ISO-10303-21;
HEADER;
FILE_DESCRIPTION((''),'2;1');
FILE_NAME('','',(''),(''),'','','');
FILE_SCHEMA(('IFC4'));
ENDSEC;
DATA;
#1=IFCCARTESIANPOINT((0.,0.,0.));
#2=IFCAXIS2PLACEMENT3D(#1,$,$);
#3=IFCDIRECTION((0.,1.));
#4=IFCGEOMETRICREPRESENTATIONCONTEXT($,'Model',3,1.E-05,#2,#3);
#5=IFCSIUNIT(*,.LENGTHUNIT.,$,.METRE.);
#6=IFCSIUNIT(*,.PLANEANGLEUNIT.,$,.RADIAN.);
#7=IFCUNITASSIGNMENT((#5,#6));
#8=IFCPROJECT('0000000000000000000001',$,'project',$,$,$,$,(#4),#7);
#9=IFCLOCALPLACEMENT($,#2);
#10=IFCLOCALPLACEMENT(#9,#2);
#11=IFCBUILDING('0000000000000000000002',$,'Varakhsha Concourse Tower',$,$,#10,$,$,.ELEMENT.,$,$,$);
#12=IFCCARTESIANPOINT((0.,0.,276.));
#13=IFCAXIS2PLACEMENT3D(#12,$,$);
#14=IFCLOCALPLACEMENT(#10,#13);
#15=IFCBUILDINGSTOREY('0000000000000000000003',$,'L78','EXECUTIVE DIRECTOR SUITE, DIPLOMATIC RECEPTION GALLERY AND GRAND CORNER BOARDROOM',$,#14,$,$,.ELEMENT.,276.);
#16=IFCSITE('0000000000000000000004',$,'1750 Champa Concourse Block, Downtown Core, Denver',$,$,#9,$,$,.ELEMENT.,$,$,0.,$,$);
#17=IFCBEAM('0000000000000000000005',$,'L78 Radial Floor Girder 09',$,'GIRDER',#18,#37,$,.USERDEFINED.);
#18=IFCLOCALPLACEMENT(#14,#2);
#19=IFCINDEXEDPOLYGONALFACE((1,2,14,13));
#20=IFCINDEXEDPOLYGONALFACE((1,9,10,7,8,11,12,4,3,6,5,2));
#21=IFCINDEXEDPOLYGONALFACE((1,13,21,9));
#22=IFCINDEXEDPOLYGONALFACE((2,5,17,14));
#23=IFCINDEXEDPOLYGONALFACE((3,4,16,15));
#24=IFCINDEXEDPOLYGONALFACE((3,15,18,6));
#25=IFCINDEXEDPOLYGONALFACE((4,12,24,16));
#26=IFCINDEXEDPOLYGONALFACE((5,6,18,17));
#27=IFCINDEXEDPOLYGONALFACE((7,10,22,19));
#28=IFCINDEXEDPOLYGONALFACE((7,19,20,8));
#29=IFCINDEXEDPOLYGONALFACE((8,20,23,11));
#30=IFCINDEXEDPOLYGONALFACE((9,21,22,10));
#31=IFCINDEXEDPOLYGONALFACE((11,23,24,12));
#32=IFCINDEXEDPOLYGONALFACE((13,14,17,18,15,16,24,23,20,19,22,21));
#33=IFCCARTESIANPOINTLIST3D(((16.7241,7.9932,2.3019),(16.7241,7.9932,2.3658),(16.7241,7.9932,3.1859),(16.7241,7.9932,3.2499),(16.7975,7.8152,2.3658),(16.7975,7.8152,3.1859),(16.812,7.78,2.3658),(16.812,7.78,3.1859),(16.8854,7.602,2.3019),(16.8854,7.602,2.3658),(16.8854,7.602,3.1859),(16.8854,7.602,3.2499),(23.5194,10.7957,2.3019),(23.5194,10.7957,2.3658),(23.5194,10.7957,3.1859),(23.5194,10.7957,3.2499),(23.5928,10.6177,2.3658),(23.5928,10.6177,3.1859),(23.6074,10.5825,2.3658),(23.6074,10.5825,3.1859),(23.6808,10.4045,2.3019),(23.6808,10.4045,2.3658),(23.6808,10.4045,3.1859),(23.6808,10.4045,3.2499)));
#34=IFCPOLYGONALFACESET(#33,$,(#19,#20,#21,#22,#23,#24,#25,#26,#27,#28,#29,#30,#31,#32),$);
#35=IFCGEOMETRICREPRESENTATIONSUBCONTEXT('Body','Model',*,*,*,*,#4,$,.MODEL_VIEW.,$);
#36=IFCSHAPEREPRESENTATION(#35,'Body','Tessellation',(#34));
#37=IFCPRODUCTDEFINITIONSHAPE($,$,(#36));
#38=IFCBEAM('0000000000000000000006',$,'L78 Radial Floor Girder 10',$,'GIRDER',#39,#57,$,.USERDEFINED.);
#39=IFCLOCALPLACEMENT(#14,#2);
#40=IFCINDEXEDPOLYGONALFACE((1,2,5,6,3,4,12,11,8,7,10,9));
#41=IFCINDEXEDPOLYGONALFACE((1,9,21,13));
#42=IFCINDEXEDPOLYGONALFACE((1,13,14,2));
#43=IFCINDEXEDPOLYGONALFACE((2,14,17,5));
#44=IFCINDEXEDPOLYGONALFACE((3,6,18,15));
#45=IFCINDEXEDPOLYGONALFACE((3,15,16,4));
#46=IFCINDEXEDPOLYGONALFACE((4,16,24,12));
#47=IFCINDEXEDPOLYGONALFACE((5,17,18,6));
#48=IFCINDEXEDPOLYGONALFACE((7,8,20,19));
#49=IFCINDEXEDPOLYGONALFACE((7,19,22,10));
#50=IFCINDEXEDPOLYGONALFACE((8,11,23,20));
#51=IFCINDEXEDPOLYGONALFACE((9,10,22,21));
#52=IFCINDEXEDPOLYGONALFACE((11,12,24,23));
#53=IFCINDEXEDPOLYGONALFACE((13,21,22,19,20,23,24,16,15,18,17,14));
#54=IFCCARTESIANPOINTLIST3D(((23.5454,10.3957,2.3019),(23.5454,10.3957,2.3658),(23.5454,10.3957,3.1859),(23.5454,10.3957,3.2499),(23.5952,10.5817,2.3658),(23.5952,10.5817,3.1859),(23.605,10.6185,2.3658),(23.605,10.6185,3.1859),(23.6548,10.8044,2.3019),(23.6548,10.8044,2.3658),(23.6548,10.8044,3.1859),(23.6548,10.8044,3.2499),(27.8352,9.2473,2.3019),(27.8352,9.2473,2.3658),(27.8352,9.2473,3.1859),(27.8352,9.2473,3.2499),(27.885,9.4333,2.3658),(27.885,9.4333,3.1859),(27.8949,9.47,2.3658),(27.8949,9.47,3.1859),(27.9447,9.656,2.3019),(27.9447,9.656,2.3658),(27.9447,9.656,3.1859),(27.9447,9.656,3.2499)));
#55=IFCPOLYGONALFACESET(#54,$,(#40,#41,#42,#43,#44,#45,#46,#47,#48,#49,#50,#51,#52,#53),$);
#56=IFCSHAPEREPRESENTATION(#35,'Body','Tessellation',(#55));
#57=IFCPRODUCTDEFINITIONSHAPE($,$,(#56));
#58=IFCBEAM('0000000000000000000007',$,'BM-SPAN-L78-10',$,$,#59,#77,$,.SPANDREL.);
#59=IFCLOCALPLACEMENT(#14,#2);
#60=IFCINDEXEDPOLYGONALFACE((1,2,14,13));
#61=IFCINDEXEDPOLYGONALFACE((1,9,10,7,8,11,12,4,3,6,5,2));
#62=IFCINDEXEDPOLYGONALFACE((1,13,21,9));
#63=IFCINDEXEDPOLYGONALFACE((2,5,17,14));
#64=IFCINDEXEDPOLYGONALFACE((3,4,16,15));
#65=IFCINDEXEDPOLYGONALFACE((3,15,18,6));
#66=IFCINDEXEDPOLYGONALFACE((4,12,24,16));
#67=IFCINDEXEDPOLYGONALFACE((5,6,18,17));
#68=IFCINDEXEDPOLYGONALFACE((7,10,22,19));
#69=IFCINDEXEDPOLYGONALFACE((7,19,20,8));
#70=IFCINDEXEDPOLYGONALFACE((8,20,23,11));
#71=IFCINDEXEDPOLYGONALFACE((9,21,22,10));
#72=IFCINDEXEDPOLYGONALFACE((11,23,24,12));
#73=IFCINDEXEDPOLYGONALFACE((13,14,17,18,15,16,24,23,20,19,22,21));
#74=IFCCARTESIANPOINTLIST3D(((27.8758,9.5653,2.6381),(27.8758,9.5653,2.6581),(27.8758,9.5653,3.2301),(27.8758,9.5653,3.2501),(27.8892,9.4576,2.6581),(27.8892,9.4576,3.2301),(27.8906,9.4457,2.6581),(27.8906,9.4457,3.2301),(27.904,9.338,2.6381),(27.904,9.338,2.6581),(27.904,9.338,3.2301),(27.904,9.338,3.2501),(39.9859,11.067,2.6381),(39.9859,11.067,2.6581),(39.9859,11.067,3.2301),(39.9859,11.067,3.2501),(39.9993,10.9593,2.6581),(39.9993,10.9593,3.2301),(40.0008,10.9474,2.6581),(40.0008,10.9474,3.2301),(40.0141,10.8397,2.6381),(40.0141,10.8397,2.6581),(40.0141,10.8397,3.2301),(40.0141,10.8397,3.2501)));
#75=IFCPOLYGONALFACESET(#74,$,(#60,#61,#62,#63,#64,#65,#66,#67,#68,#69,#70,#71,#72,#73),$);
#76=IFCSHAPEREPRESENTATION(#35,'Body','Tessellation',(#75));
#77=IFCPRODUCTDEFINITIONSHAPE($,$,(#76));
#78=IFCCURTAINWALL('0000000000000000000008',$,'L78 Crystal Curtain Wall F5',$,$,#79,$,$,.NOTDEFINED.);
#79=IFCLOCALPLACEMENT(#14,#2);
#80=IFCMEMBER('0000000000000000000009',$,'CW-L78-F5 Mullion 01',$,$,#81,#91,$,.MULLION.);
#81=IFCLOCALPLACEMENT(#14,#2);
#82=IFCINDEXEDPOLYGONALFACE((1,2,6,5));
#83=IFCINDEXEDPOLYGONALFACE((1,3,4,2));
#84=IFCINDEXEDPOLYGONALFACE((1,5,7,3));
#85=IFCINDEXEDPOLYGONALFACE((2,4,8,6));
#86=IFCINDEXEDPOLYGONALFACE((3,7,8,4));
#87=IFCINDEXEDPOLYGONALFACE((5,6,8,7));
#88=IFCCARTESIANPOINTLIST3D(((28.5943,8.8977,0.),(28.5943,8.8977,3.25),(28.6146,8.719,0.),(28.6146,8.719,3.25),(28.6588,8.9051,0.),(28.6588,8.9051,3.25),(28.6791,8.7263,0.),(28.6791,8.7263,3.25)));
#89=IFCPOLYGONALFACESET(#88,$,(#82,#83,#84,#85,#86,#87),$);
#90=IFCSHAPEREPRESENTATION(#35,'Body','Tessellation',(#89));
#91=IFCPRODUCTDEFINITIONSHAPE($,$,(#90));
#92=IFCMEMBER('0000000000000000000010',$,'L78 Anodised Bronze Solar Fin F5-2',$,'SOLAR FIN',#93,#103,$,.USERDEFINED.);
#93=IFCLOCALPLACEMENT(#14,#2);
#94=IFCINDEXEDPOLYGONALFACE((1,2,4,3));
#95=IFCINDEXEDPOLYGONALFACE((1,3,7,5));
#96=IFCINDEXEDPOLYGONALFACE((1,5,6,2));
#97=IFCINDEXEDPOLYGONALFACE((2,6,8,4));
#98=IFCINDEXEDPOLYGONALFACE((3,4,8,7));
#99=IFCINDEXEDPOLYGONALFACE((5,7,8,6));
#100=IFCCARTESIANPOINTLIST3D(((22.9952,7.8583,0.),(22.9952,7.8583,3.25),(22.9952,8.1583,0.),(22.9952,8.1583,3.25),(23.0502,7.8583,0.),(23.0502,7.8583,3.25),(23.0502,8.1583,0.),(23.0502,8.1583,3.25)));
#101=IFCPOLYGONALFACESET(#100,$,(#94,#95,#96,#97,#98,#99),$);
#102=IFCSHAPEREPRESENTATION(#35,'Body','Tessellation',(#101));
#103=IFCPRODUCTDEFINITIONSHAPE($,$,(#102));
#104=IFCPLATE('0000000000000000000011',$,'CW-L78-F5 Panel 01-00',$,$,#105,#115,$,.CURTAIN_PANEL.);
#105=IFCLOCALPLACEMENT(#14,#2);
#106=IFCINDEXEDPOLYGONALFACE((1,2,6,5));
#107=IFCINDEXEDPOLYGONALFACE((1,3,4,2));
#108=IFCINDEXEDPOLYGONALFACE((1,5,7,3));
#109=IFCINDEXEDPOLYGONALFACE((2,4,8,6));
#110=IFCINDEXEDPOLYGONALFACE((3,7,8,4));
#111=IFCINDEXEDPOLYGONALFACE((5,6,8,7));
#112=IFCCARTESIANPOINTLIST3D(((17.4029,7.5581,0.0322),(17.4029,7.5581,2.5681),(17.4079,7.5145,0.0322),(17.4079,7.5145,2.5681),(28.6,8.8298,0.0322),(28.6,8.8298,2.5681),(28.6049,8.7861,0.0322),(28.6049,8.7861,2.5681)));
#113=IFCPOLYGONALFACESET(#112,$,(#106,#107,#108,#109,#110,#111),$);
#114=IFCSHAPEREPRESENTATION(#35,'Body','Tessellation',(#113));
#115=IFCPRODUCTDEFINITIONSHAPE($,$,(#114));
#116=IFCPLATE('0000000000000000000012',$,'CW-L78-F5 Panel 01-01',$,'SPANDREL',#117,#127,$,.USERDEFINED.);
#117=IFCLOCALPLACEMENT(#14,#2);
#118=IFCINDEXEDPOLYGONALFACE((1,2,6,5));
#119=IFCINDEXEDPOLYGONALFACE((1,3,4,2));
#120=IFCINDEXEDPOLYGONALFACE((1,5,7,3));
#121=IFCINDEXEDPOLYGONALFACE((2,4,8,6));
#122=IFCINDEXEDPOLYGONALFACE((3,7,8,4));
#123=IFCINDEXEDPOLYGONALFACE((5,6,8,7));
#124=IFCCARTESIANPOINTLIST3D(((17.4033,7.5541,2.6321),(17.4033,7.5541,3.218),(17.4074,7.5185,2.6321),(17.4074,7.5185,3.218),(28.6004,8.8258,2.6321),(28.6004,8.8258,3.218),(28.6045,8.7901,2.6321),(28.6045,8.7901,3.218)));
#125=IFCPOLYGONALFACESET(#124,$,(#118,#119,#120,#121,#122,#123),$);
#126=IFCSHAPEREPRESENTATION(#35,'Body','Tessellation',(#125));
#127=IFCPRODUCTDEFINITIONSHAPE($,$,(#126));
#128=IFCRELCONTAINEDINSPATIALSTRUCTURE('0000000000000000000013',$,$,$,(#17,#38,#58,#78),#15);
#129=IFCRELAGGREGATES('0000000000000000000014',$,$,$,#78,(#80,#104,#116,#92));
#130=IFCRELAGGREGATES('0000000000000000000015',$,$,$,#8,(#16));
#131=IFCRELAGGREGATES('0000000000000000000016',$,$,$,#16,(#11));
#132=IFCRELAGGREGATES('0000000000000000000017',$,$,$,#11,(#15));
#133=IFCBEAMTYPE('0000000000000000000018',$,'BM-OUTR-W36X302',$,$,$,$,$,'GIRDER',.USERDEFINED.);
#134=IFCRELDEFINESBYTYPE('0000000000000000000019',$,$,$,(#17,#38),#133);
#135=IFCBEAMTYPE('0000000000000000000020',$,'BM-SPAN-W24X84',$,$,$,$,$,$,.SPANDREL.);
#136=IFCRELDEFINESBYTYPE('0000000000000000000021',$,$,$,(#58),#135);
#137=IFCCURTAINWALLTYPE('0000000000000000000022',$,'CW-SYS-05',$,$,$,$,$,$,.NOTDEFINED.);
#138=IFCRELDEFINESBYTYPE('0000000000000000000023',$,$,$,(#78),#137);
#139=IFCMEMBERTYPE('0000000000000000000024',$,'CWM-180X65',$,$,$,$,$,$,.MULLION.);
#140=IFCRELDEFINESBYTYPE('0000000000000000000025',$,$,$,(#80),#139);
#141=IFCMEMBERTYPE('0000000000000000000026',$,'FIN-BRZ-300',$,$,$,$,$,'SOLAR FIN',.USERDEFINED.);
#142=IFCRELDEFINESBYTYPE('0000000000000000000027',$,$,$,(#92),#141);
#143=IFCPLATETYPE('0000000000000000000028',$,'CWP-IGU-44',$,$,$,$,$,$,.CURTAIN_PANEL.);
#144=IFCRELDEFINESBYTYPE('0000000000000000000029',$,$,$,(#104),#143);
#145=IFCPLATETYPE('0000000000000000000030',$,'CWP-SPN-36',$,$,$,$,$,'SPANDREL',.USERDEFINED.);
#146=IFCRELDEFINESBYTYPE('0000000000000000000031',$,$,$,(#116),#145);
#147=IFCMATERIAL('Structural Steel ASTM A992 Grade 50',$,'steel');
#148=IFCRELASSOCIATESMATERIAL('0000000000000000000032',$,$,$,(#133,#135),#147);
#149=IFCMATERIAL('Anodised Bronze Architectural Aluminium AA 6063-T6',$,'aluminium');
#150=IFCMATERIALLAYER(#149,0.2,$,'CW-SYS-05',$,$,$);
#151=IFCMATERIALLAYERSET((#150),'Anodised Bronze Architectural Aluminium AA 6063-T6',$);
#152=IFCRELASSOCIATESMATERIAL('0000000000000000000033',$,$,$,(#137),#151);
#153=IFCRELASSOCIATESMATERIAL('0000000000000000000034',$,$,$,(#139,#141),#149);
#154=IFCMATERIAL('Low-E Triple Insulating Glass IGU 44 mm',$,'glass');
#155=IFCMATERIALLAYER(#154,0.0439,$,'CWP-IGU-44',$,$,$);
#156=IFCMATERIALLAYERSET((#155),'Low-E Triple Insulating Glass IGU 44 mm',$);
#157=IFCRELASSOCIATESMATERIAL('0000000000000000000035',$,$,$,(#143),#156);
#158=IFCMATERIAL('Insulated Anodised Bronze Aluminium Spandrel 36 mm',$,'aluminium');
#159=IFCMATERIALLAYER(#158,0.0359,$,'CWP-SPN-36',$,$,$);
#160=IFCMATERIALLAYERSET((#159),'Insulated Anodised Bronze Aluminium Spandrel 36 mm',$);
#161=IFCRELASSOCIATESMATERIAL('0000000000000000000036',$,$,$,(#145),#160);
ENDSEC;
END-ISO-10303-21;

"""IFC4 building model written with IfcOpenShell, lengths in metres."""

from ifc_helpers import new_model, si_unit, direction, frame, origin, origin_2d, place, context, subcontext, project, spatial, rectangle, i_section, extrude, source, transform, mapped, material, layer, layer_set, material_profile, profile_set, type_object, type_shapes, element, aggregate, save


model = new_model("IFC4")

# Units and contexts
model_context = context("Model", 3, precision=1e-05, world=origin(), true_north=direction((0.0, 1.0)))
body_context = subcontext(model_context, "Body", "Model", "MODEL_VIEW")
ifc_project = project(units=[si_unit("LENGTHUNIT", "METRE"), si_unit("PLANEANGLEUNIT", "RADIAN")], contexts=[model_context])

# Site, building, storey
site_placement = place(None, origin())
site = spatial("IfcSite", under=ifc_project, at=site_placement, Name="1750 Champa Concourse Block, Downtown Core, Denver", CompositionType="ELEMENT", RefElevation=0.0)
building_placement = place(site_placement, origin())
building = spatial("IfcBuilding", under=site, at=building_placement, Name="Varakhsha Concourse Tower", CompositionType="ELEMENT")
storey_placement = place(building_placement, frame((0.0, 0.0, 276.0)))
storey = spatial("IfcBuildingStorey", under=building, at=storey_placement, Name="L78", Description="EXECUTIVE DIRECTOR SUITE, DIPLOMATIC RECEPTION GALLERY AND GRAND CORNER BOARDROOM", CompositionType="ELEMENT", Elevation=276.0)

# Shared definitions
ifc_material_1 = material(Name="Structural Steel ASTM A992 Grade 50", Category="steel")

# Beams
ifc_material_profile_1 = material_profile(ifc_material_1, i_section(OverallWidth=0.4231, OverallDepth=0.948, WebThickness=0.0381, FlangeThickness=0.064, at=origin_2d()), Name="W36X302")
ifc_profile_set_1 = profile_set([ifc_material_profile_1], Name="Structural Steel ASTM A992 Grade 50")
beam_type_1 = type_object("IfcBeamType", Name="BM-OUTR-W36X302", ElementType="GIRDER", PredefinedType="USERDEFINED", material=ifc_profile_set_1)
beam_1_placement = place(storey_placement, frame((23.6001, 10.6001, 2.7759), z_axis=(-0.924468, -0.381259, 0.0), x_axis=(0.381259, -0.924468, 0.0)))
element("IfcBeam", 1, at=beam_1_placement, inside=storey, type_object=beam_type_1, Name="L78 Radial Floor Girder 09", ObjectType="GIRDER", PredefinedType="USERDEFINED", context=body_context, shape_type="SweptSolid", body=[
    extrude(i_section(OverallWidth=0.4231, OverallDepth=0.948, WebThickness=0.0381, FlangeThickness=0.064, at=origin_2d()), origin(), (0.0, 0.0, 1.0), 7.3506),
])
beam_2_placement = place(storey_placement, frame((23.6001, 10.6001, 2.7759), z_axis=(0.965983, -0.258607, 0.0), x_axis=(0.258607, 0.965983, 0.0)))
element("IfcBeam", 2, at=beam_2_placement, inside=storey, type_object=beam_type_1, Name="L78 Radial Floor Girder 10", ObjectType="GIRDER", PredefinedType="USERDEFINED", context=body_context, shape_type="SweptSolid", body=[
    extrude(i_section(OverallWidth=0.4231, OverallDepth=0.948, WebThickness=0.0381, FlangeThickness=0.064, at=origin_2d()), origin(), (0.0, 0.0, 1.0), 4.4409),
])
ifc_material_profile_2 = material_profile(ifc_material_1, i_section(OverallWidth=0.229, OverallDepth=0.6121, WebThickness=0.012, FlangeThickness=0.02, at=origin_2d()), Name="W24X84")
ifc_profile_set_2 = profile_set([ifc_material_profile_2], Name="Structural Steel ASTM A992 Grade 50")
beam_type_2 = type_object("IfcBeamType", Name="BM-SPAN-W24X84", PredefinedType="SPANDREL", material=ifc_profile_set_2)
beam_3_placement = place(storey_placement, frame((27.8899, 9.4517, 2.9441), z_axis=(0.992399, 0.123062, 0.0), x_axis=(-0.123062, 0.992399, 0.0)))
element("IfcBeam", 3, at=beam_3_placement, inside=storey, type_object=beam_type_2, Name="BM-SPAN-L78-10", PredefinedType="SPANDREL", context=body_context, shape_type="SweptSolid", body=[
    extrude(i_section(OverallWidth=0.229, OverallDepth=0.6121, WebThickness=0.012, FlangeThickness=0.02, at=origin_2d()), origin(), (0.0, 0.0, 1.0), 12.2029),
])

# Curtain wall, members, plates
ifc_material_2 = material(Name="Anodised Bronze Architectural Aluminium AA 6063-T6", Category="aluminium")
ifc_layer_1 = layer(ifc_material_2, 0.2, Name="CW-SYS-05")
ifc_layer_set_1 = layer_set([ifc_layer_1], Name="Anodised Bronze Architectural Aluminium AA 6063-T6")
curtain_wall_type = type_object("IfcCurtainWallType", Name="CW-SYS-05", PredefinedType="NOTDEFINED", material=ifc_layer_set_1)
curtain_wall_placement = place(storey_placement, origin())
curtain_wall = element("IfcCurtainWall", 4, at=curtain_wall_placement, inside=storey, type_object=curtain_wall_type, Name="L78 Crystal Curtain Wall F5", PredefinedType="NOTDEFINED")
ifc_material_profile_3 = material_profile(ifc_material_2, rectangle(XDim=0.0649, YDim=0.1799, at=origin_2d()), Name="CWM-180X65")
ifc_profile_set_3 = profile_set([ifc_material_profile_3], Name="Anodised Bronze Architectural Aluminium AA 6063-T6")
member_type_1 = type_object("IfcMemberType", Name="CWM-180X65", PredefinedType="MULLION", material=ifc_profile_set_3)
shared_shape_1 = source(origin(), body_context, "Body", "SweptSolid", [
    extrude(rectangle(XDim=0.0649, YDim=0.1799, at=origin_2d()), origin(), (0.0, 0.0, 1.0), 3.25),
])
type_shapes(member_type_1, [shared_shape_1])
member_1_placement = place(storey_placement, frame((28.6367, 8.812, 0.0), z_axis=(0.0, 0.0, 1.0), x_axis=(-0.993613, -0.112844, 0.0)))
member_1 = element("IfcMember", 5, at=member_1_placement, type_object=member_type_1, Name="CW-L78-F5 Mullion 01", PredefinedType="MULLION", context=body_context, shape_type="MappedRepresentation", body=[
    mapped(shared_shape_1, transform((0.0, 0.0, 0.0), scale=1.0)),
])
ifc_material_profile_4 = material_profile(ifc_material_2, rectangle(XDim=0.0549, YDim=0.3, at=origin_2d()), Name="FIN-BRZ-300")
ifc_profile_set_4 = profile_set([ifc_material_profile_4], Name="Anodised Bronze Architectural Aluminium AA 6063-T6")
member_type_2 = type_object("IfcMemberType", Name="FIN-BRZ-300", ElementType="SOLAR FIN", PredefinedType="USERDEFINED", material=ifc_profile_set_4)
shared_shape_2 = source(origin(), body_context, "Body", "SweptSolid", [
    extrude(rectangle(XDim=0.0549, YDim=0.3, at=origin_2d()), origin(), (0.0, 0.0, 1.0), 3.25),
])
type_shapes(member_type_2, [shared_shape_2])
member_2_placement = place(storey_placement, frame((23.0227, 8.0083, 0.0), z_axis=(0.0, 0.0, 1.0), x_axis=(1.0, 0.0, 0.0)))
member_2 = element("IfcMember", 6, at=member_2_placement, type_object=member_type_2, Name="L78 Anodised Bronze Solar Fin F5-2", ObjectType="SOLAR FIN", PredefinedType="USERDEFINED", context=body_context, shape_type="MappedRepresentation", body=[
    mapped(shared_shape_2, transform((0.0, 0.0, 0.0), scale=1.0)),
])
ifc_material_3 = material(Name="Low-E Triple Insulating Glass IGU 44 mm", Category="glass")
ifc_layer_2 = layer(ifc_material_3, 0.0439, Name="CWP-IGU-44")
ifc_layer_set_2 = layer_set([ifc_layer_2], Name="Low-E Triple Insulating Glass IGU 44 mm")
plate_type_1 = type_object("IfcPlateType", Name="CWP-IGU-44", PredefinedType="CURTAIN_PANEL", material=ifc_layer_set_2)
shared_shape_3 = source(origin(), body_context, "Body", "SweptSolid", [
    extrude(rectangle(XDim=11.269, YDim=0.0439, at=origin_2d()), origin(), (0.0, 0.0, 1.0), 2.5359),
])
type_shapes(plate_type_1, [shared_shape_3])
plate_1_placement = place(storey_placement, frame((23.0039, 8.1721, 0.0322), z_axis=(0.0, 0.0, 1.0), x_axis=(-0.993613, -0.112844, 0.0)))
plate_1 = element("IfcPlate", 7, at=plate_1_placement, type_object=plate_type_1, Name="CW-L78-F5 Panel 01-00", PredefinedType="CURTAIN_PANEL", context=body_context, shape_type="MappedRepresentation", body=[
    mapped(shared_shape_3, transform((0.0, 0.0, 0.0), scale=1.0)),
])
ifc_material_4 = material(Name="Insulated Anodised Bronze Aluminium Spandrel 36 mm", Category="aluminium")
ifc_layer_3 = layer(ifc_material_4, 0.0359, Name="CWP-SPN-36")
ifc_layer_set_3 = layer_set([ifc_layer_3], Name="Insulated Anodised Bronze Aluminium Spandrel 36 mm")
plate_type_2 = type_object("IfcPlateType", Name="CWP-SPN-36", ElementType="SPANDREL", PredefinedType="USERDEFINED", material=ifc_layer_set_3)
shared_shape_4 = source(origin(), body_context, "Body", "SweptSolid", [
    extrude(rectangle(XDim=11.269, YDim=0.0359, at=origin_2d()), origin(), (0.0, 0.0, 1.0), 0.5859),
])
type_shapes(plate_type_2, [shared_shape_4])
plate_2_placement = place(storey_placement, frame((23.0039, 8.1721, 2.6321), z_axis=(0.0, 0.0, 1.0), x_axis=(-0.993613, -0.112844, 0.0)))
plate_2 = element("IfcPlate", 8, at=plate_2_placement, type_object=plate_type_2, Name="CW-L78-F5 Panel 01-01", ObjectType="SPANDREL", PredefinedType="USERDEFINED", context=body_context, shape_type="MappedRepresentation", body=[
    mapped(shared_shape_4, transform((0.0, 0.0, 0.0), scale=1.0)),
])
aggregate(curtain_wall, [member_1, plate_1, plate_2, member_2])

save(model, "model.ifc")
